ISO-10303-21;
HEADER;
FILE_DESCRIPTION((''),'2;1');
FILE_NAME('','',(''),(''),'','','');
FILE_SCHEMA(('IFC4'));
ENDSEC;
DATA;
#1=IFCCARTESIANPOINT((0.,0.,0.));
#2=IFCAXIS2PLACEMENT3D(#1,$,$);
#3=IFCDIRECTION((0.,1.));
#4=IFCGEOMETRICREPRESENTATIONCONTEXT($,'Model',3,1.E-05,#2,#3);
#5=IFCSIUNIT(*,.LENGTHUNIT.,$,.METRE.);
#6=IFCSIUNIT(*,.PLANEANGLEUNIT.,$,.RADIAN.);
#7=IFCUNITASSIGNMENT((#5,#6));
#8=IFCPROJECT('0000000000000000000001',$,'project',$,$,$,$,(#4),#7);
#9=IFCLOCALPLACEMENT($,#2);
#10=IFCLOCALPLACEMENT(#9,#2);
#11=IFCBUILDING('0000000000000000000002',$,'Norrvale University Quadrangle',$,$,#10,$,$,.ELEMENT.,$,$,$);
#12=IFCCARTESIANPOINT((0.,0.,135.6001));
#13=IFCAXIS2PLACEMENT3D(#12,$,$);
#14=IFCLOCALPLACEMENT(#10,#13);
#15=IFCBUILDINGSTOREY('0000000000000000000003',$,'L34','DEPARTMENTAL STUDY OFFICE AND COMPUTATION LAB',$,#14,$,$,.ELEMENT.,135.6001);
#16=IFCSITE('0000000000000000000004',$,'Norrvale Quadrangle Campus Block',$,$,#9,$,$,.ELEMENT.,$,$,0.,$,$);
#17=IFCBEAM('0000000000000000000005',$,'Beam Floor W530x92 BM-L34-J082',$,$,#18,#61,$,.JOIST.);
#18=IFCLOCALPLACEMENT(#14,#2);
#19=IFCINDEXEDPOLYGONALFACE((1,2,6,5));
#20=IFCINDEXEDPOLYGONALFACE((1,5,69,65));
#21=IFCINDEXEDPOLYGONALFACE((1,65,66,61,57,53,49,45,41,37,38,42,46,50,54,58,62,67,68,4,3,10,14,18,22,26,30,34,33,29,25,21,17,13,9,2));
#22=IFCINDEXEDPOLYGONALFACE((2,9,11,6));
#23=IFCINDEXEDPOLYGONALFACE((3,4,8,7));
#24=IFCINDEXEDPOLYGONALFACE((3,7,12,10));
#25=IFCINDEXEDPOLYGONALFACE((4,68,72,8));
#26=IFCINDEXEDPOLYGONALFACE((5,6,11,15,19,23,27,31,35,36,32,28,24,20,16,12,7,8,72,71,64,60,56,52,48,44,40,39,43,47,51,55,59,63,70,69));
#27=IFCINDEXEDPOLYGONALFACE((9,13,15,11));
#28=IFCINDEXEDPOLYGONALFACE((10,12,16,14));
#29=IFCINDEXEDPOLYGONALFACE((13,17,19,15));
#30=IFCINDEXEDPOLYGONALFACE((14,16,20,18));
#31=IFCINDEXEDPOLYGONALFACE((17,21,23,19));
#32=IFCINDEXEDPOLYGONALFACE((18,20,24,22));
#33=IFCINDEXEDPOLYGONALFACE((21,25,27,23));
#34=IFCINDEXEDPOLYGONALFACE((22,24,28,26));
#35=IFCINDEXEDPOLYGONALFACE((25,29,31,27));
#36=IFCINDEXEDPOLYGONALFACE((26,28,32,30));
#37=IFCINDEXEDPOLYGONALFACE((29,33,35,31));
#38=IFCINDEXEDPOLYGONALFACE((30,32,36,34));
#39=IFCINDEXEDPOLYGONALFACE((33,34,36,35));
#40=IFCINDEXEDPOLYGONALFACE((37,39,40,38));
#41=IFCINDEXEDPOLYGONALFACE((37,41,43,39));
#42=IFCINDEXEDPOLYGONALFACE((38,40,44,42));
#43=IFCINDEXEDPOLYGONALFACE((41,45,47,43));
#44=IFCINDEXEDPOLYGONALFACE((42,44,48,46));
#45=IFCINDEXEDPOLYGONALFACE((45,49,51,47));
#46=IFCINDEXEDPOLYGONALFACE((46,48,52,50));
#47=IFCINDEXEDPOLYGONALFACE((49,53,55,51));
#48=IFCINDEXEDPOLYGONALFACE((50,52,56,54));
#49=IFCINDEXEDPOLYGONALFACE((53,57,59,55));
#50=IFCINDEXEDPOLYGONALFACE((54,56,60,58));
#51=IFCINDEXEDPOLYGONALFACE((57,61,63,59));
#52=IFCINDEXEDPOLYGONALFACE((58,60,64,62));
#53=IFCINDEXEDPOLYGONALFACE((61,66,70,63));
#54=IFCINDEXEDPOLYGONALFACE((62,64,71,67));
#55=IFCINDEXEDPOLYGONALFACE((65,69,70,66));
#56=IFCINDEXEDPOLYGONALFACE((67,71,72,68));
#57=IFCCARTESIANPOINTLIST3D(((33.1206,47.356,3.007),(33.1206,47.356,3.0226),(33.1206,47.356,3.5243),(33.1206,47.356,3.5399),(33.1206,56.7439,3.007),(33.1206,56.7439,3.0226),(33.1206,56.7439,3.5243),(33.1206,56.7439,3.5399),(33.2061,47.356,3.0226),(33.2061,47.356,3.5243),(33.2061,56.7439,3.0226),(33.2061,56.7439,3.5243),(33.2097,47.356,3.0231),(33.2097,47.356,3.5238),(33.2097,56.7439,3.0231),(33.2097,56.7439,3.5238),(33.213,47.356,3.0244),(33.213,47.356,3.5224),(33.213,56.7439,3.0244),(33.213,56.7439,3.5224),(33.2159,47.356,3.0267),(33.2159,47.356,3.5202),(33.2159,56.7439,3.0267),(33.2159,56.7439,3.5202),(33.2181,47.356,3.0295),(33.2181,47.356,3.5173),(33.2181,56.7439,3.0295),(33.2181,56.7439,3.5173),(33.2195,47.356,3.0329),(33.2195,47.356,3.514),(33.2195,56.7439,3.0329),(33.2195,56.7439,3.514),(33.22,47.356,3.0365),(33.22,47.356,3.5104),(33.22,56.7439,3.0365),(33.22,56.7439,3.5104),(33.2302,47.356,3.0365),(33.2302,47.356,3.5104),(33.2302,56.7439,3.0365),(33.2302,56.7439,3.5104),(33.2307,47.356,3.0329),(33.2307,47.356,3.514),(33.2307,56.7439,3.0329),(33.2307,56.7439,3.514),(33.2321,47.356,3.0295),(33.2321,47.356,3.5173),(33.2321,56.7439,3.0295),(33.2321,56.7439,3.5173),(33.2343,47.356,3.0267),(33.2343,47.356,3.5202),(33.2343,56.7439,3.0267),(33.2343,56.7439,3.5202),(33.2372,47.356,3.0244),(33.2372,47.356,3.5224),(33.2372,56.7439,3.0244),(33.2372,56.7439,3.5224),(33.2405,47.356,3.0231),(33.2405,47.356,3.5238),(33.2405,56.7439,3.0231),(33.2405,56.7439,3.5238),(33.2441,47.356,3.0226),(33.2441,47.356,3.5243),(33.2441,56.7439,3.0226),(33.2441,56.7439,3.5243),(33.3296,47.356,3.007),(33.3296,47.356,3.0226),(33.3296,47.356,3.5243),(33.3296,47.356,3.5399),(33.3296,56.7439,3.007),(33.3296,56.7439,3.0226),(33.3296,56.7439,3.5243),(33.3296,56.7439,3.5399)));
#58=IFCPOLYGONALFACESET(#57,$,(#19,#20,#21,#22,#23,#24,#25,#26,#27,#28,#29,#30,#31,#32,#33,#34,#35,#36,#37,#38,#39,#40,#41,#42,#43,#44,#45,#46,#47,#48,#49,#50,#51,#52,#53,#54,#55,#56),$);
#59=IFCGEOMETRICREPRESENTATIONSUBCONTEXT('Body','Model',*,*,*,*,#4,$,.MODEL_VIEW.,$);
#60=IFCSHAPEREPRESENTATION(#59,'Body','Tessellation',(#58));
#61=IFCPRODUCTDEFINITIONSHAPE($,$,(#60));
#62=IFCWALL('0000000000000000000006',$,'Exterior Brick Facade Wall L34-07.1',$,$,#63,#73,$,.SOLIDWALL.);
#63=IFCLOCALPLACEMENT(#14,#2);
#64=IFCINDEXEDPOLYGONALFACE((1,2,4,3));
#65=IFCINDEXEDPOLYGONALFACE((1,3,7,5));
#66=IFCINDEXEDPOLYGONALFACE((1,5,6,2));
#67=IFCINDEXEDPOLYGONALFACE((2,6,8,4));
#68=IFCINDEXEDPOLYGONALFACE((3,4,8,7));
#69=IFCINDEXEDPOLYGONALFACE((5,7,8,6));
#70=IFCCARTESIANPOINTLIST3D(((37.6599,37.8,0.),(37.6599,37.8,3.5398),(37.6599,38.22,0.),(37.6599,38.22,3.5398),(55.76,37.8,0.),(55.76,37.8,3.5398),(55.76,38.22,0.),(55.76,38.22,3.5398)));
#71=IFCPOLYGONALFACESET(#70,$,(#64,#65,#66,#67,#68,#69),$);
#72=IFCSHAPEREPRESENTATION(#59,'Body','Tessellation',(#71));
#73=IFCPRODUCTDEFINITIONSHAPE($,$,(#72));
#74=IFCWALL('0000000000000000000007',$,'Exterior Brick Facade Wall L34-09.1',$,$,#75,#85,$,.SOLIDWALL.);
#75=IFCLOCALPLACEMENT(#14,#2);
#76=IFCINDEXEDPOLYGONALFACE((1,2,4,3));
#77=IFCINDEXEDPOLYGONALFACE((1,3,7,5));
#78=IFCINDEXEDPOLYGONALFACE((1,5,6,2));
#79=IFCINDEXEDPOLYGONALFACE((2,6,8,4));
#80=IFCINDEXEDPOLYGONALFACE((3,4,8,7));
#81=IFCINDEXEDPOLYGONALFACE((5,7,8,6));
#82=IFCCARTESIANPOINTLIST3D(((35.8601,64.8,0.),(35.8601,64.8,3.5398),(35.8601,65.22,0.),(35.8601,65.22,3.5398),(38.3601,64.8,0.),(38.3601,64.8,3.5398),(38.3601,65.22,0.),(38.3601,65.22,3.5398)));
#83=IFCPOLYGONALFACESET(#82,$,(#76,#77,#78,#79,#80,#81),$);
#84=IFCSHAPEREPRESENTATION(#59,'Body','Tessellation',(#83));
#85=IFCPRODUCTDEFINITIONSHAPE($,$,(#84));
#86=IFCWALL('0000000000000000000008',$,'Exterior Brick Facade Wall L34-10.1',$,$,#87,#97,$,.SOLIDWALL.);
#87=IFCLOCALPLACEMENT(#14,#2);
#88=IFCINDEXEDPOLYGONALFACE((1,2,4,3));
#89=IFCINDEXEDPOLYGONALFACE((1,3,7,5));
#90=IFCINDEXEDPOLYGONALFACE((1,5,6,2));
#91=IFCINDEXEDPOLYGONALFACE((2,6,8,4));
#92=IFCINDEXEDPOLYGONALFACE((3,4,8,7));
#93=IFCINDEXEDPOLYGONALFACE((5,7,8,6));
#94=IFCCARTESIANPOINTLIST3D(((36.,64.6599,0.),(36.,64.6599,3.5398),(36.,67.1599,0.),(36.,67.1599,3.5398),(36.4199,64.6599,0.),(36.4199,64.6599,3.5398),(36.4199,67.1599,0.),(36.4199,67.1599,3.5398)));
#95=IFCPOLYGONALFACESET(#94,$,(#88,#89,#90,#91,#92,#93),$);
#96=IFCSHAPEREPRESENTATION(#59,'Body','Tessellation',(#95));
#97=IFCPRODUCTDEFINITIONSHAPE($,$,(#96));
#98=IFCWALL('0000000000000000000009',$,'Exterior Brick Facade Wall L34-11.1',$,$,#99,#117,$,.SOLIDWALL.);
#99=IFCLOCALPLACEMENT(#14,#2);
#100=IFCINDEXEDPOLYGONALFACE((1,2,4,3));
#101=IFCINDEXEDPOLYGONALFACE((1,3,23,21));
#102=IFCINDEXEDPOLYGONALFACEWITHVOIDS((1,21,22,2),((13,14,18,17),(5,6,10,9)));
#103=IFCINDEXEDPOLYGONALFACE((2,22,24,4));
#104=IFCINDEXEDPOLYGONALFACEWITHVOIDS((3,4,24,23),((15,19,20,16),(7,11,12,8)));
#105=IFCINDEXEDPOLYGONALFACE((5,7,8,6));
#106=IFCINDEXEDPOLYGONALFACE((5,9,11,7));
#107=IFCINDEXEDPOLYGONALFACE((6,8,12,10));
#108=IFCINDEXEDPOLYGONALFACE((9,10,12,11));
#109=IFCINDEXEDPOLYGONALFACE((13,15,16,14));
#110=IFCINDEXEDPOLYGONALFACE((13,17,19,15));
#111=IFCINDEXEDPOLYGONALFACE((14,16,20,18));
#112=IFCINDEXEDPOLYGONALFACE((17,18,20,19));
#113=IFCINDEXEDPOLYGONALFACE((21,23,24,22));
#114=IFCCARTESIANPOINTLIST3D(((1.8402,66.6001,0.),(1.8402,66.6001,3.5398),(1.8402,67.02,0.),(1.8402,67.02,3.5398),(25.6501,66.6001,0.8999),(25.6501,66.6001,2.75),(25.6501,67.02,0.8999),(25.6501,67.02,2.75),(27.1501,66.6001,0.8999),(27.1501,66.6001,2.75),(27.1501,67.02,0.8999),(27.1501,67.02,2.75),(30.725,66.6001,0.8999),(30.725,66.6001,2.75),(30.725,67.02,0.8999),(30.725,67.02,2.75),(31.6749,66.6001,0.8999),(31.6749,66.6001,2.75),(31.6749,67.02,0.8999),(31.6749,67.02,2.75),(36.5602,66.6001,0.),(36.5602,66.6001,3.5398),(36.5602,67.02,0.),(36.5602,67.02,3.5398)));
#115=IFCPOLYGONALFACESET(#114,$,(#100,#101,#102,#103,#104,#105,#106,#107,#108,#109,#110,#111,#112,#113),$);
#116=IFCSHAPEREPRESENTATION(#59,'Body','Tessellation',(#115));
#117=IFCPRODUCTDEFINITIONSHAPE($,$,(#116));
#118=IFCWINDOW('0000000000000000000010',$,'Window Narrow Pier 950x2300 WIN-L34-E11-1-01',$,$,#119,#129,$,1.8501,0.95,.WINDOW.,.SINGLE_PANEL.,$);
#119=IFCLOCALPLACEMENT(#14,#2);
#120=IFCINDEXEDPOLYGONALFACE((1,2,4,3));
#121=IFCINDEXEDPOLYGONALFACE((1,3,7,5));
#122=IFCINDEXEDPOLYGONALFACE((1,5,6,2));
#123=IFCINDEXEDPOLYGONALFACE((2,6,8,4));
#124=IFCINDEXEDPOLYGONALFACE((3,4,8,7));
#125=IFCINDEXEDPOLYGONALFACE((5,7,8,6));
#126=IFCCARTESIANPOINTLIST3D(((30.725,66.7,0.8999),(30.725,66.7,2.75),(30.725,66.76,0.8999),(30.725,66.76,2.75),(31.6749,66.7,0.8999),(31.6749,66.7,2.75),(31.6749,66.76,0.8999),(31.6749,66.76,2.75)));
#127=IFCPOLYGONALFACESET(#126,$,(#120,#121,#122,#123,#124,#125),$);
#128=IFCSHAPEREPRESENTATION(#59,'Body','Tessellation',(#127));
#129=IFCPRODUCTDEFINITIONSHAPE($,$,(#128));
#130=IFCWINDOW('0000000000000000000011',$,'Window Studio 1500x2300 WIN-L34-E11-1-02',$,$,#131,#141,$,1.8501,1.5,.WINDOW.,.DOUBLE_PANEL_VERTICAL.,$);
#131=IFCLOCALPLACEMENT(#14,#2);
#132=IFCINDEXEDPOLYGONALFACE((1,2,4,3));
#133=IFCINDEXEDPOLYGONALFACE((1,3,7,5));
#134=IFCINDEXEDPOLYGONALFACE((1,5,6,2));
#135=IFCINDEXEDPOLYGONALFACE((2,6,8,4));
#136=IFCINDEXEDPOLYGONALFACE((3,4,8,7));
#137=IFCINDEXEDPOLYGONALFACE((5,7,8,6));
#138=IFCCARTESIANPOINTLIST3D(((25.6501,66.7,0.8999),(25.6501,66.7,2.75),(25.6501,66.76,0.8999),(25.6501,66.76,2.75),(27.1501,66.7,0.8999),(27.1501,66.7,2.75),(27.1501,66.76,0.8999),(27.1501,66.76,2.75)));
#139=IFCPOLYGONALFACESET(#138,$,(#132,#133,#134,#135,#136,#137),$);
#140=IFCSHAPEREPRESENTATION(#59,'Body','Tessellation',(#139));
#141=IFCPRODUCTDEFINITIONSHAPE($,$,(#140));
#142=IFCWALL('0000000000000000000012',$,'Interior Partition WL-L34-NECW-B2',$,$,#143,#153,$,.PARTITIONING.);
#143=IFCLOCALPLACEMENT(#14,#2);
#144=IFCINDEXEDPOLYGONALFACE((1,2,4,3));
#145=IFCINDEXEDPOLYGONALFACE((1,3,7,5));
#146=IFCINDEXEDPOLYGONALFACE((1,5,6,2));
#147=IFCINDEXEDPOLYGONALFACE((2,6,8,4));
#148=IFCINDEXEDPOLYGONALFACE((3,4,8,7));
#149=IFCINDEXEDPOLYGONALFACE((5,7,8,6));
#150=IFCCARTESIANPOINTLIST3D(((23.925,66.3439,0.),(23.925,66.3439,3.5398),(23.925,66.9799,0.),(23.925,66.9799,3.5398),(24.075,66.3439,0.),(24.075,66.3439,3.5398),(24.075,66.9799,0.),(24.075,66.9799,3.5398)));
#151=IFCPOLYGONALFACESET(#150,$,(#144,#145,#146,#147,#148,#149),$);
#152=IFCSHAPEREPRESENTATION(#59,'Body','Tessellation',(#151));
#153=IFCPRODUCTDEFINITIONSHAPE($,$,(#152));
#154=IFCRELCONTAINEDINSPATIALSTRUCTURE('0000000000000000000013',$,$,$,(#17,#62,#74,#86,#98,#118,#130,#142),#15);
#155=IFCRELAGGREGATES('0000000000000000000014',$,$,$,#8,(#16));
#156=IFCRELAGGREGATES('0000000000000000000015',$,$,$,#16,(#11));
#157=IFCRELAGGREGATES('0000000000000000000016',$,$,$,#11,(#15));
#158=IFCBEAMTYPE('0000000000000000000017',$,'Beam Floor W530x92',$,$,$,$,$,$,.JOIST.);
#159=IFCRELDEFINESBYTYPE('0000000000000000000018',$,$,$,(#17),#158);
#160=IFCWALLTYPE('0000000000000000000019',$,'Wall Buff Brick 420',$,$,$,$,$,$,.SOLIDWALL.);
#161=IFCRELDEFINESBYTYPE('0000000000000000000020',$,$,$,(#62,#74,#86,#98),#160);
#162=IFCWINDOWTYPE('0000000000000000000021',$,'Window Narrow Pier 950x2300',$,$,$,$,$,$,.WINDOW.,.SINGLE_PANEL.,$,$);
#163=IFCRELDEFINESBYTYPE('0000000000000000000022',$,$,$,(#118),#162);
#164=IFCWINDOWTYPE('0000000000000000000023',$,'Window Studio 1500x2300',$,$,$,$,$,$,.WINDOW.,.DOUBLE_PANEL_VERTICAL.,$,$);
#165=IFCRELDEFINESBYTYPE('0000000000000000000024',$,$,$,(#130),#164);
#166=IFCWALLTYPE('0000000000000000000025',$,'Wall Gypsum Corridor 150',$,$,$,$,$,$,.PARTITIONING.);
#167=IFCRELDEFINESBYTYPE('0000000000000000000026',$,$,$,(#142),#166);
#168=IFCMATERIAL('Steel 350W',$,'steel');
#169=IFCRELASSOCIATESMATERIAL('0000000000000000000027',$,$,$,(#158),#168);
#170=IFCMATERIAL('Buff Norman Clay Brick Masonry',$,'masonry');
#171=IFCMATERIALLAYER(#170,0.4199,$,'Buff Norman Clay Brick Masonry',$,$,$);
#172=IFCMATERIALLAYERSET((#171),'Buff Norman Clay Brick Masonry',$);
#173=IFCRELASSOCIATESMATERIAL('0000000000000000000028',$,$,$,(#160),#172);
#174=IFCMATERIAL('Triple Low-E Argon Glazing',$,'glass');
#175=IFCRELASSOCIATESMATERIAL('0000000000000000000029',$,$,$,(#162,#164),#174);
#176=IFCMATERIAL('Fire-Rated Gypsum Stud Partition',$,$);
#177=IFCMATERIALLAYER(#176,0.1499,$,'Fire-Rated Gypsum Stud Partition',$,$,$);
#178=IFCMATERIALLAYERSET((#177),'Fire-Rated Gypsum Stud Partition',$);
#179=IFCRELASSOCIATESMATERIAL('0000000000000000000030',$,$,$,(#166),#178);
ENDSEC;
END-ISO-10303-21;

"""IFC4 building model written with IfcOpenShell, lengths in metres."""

from ifc_helpers import new_model, si_unit, direction, frame, frame_2d, origin, origin_2d, place, context, subcontext, project, spatial, rectangle, i_section, extrude, material, layer, layer_set, material_profile, profile_set, type_object, element, fill, save


model = new_model("IFC4")

# Units and contexts
model_context = context("Model", 3, precision=1e-05, world=origin(), true_north=direction((0.0, 1.0)))
body_context = subcontext(model_context, "Body", "Model", "MODEL_VIEW")
ifc_project = project(units=[si_unit("LENGTHUNIT", "METRE"), si_unit("PLANEANGLEUNIT", "RADIAN")], contexts=[model_context])

# Site, building, storey
site_placement = place(None, origin())
site = spatial("IfcSite", under=ifc_project, at=site_placement, Name="Norrvale Quadrangle Campus Block", CompositionType="ELEMENT", RefElevation=0.0)
building_placement = place(site_placement, origin())
building = spatial("IfcBuilding", under=site, at=building_placement, Name="Norrvale University Quadrangle", CompositionType="ELEMENT")
storey_placement = place(building_placement, frame((0.0, 0.0, 135.6001)))
storey = spatial("IfcBuildingStorey", under=building, at=storey_placement, Name="L34", Description="DEPARTMENTAL STUDY OFFICE AND COMPUTATION LAB", CompositionType="ELEMENT", Elevation=135.6001)

# Beam
ifc_material_1 = material(Name="Steel 350W", Category="steel")
ifc_material_profile_1 = material_profile(ifc_material_1, i_section(OverallWidth=0.209, OverallDepth=0.533, WebThickness=0.0103, FlangeThickness=0.0156, FilletRadius=0.0139, at=origin_2d()), Name="Steel 350W")
ifc_profile_set_1 = profile_set([ifc_material_profile_1], Name="Steel 350W")
beam_type_1 = type_object("IfcBeamType", Name="Beam Floor W530x92", PredefinedType="JOIST", material=ifc_profile_set_1)
for number, where, z_axis, x_axis, name in (
    (1, (33.2251, 47.356, 3.2734), (0.0, 1.0, 0.0), (-1.0, 0.0, 0.0), "Beam Floor W530x92 BM-L34-J082"),
):
    element("IfcBeam", number, at=place(storey_placement, frame(where, z_axis=z_axis, x_axis=x_axis)), inside=storey, type_object=beam_type_1, Name=name, PredefinedType="JOIST", context=body_context, shape_type="SweptSolid", body=[
        extrude(i_section(OverallWidth=0.209, OverallDepth=0.533, WebThickness=0.0103, FlangeThickness=0.0156, FilletRadius=0.0139, at=origin_2d()), origin(), (0.0, 0.0, 1.0), 9.3879),
    ])

# Walls
ifc_material_2 = material(Name="Buff Norman Clay Brick Masonry", Category="masonry")
ifc_layer_1 = layer(ifc_material_2, 0.4199, Name="Buff Norman Clay Brick Masonry")
ifc_layer_set_1 = layer_set([ifc_layer_1], Name="Buff Norman Clay Brick Masonry")
wall_type_1 = type_object("IfcWallType", Name="Wall Buff Brick 420", PredefinedType="SOLIDWALL", material=ifc_layer_set_1)
wall_1_placement = place(storey_placement, frame((55.76, 38.01, 0.0), z_axis=(0.0, 0.0, 1.0), x_axis=(-1.0, 0.0, 0.0)))
element("IfcWall", 2, at=wall_1_placement, inside=storey, type_object=wall_type_1, Name="Exterior Brick Facade Wall L34-07.1", PredefinedType="SOLIDWALL", context=body_context, shape_type="SweptSolid", body=[
    extrude(rectangle(XDim=18.1001, YDim=0.4199, at=frame_2d((9.05, 0.0))), origin(), (0.0, 0.0, 1.0), 3.5398),
])
for number, where, z_axis, x_axis, name in (
    (3, (38.3601, 65.01, 0.0), (0.0, 0.0, 1.0), (-1.0, 0.0, 0.0), "Exterior Brick Facade Wall L34-09.1"),
    (4, (36.21, 64.6599, 0.0), (0.0, 0.0, 1.0), (0.0, 1.0, 0.0), "Exterior Brick Facade Wall L34-10.1"),
):
    element("IfcWall", number, at=place(storey_placement, frame(where, z_axis=z_axis, x_axis=x_axis)), inside=storey, type_object=wall_type_1, Name=name, PredefinedType="SOLIDWALL", context=body_context, shape_type="SweptSolid", body=[
        extrude(rectangle(XDim=2.5, YDim=0.4199, at=frame_2d((1.25, 0.0))), origin(), (0.0, 0.0, 1.0), 3.5398),
    ])

# Wall, openings, windows
wall_2_placement = place(storey_placement, frame((36.5601, 66.8101, 0.0), z_axis=(0.0, 0.0, 1.0), x_axis=(-1.0, 0.0, 0.0)))
wall_2 = element("IfcWall", 5, at=wall_2_placement, inside=storey, type_object=wall_type_1, Name="Exterior Brick Facade Wall L34-11.1", PredefinedType="SOLIDWALL", context=body_context, shape_type="SweptSolid", body=[
    extrude(rectangle(XDim=34.72, YDim=0.4199, at=frame_2d((17.3599, 0.0))), origin(), (0.0, 0.0, 1.0), 3.5398),
])
opening_1_placement = place(wall_2_placement, frame((4.885, 0.0, 0.8999)))
opening_1 = element("IfcOpeningElement", 6, at=opening_1_placement, cuts=wall_2, PredefinedType="OPENING", context=body_context, shape_type="SweptSolid", body=[
    extrude(rectangle(XDim=0.95, YDim=1.8501, at=frame_2d((0.4751, 0.925))), frame((0.0, 0.2219, 0.0), z_axis=(0.0, -1.0, 0.0), x_axis=(1.0, 0.0, 0.0)), (0.0, 0.0, 1.0), 0.4438),
])
opening_2_placement = place(wall_2_placement, frame((9.4099, 0.0, 0.8999)))
opening_2 = element("IfcOpeningElement", 7, at=opening_2_placement, cuts=wall_2, PredefinedType="OPENING", context=body_context, shape_type="SweptSolid", body=[
    extrude(rectangle(XDim=1.5, YDim=1.8501, at=frame_2d((0.75, 0.925))), frame((0.0, 0.2219, 0.0), z_axis=(0.0, -1.0, 0.0), x_axis=(1.0, 0.0, 0.0)), (0.0, 0.0, 1.0), 0.4438),
])
ifc_material_3 = material(Name="Triple Low-E Argon Glazing", Category="glass")
window_type_1 = type_object("IfcWindowType", Name="Window Narrow Pier 950x2300", PartitioningType="SINGLE_PANEL", PredefinedType="WINDOW", material=ifc_material_3)
window_1_placement = place(opening_1_placement, origin())
window_1 = element("IfcWindow", 8, at=window_1_placement, inside=storey, type_object=window_type_1, Name="Window Narrow Pier 950x2300 WIN-L34-E11-1-01", OverallHeight=1.8501, OverallWidth=0.95, PartitioningType="SINGLE_PANEL", PredefinedType="WINDOW", context=body_context, shape_type="SweptSolid", body=[
    extrude(rectangle(XDim=0.95, YDim=1.8501, at=frame_2d((0.4751, 0.925))), frame((0.0, 0.1101, 0.0), z_axis=(0.0, -1.0, 0.0), x_axis=(1.0, 0.0, 0.0)), (0.0, 0.0, 1.0), 0.0601),
])
fill(opening_1, window_1)
window_type_2 = type_object("IfcWindowType", Name="Window Studio 1500x2300", PartitioningType="DOUBLE_PANEL_VERTICAL", PredefinedType="WINDOW", material=ifc_material_3)
window_2_placement = place(opening_2_placement, origin())
window_2 = element("IfcWindow", 9, at=window_2_placement, inside=storey, type_object=window_type_2, Name="Window Studio 1500x2300 WIN-L34-E11-1-02", OverallHeight=1.8501, OverallWidth=1.5, PartitioningType="DOUBLE_PANEL_VERTICAL", PredefinedType="WINDOW", context=body_context, shape_type="SweptSolid", body=[
    extrude(rectangle(XDim=1.5, YDim=1.8501, at=frame_2d((0.75, 0.925))), frame((0.0, 0.1101, 0.0), z_axis=(0.0, -1.0, 0.0), x_axis=(1.0, 0.0, 0.0)), (0.0, 0.0, 1.0), 0.0601),
])
fill(opening_2, window_2)

# Wall
ifc_material_4 = material(Name="Fire-Rated Gypsum Stud Partition")
ifc_layer_2 = layer(ifc_material_4, 0.1499, Name="Fire-Rated Gypsum Stud Partition")
ifc_layer_set_2 = layer_set([ifc_layer_2], Name="Fire-Rated Gypsum Stud Partition")
wall_type_2 = type_object("IfcWallType", Name="Wall Gypsum Corridor 150", PredefinedType="PARTITIONING", material=ifc_layer_set_2)
wall_3_placement = place(storey_placement, frame((24.0, 66.344, 0.0), z_axis=(0.0, 0.0, 1.0), x_axis=(0.0, 1.0, 0.0)))
element("IfcWall", 10, at=wall_3_placement, inside=storey, type_object=wall_type_2, Name="Interior Partition WL-L34-NECW-B2", PredefinedType="PARTITIONING", context=body_context, shape_type="SweptSolid", body=[
    extrude(rectangle(XDim=0.636, YDim=0.1499, at=frame_2d((0.3179, 0.0))), origin(), (0.0, 0.0, 1.0), 3.5398),
])

save(model, "model.ifc")
